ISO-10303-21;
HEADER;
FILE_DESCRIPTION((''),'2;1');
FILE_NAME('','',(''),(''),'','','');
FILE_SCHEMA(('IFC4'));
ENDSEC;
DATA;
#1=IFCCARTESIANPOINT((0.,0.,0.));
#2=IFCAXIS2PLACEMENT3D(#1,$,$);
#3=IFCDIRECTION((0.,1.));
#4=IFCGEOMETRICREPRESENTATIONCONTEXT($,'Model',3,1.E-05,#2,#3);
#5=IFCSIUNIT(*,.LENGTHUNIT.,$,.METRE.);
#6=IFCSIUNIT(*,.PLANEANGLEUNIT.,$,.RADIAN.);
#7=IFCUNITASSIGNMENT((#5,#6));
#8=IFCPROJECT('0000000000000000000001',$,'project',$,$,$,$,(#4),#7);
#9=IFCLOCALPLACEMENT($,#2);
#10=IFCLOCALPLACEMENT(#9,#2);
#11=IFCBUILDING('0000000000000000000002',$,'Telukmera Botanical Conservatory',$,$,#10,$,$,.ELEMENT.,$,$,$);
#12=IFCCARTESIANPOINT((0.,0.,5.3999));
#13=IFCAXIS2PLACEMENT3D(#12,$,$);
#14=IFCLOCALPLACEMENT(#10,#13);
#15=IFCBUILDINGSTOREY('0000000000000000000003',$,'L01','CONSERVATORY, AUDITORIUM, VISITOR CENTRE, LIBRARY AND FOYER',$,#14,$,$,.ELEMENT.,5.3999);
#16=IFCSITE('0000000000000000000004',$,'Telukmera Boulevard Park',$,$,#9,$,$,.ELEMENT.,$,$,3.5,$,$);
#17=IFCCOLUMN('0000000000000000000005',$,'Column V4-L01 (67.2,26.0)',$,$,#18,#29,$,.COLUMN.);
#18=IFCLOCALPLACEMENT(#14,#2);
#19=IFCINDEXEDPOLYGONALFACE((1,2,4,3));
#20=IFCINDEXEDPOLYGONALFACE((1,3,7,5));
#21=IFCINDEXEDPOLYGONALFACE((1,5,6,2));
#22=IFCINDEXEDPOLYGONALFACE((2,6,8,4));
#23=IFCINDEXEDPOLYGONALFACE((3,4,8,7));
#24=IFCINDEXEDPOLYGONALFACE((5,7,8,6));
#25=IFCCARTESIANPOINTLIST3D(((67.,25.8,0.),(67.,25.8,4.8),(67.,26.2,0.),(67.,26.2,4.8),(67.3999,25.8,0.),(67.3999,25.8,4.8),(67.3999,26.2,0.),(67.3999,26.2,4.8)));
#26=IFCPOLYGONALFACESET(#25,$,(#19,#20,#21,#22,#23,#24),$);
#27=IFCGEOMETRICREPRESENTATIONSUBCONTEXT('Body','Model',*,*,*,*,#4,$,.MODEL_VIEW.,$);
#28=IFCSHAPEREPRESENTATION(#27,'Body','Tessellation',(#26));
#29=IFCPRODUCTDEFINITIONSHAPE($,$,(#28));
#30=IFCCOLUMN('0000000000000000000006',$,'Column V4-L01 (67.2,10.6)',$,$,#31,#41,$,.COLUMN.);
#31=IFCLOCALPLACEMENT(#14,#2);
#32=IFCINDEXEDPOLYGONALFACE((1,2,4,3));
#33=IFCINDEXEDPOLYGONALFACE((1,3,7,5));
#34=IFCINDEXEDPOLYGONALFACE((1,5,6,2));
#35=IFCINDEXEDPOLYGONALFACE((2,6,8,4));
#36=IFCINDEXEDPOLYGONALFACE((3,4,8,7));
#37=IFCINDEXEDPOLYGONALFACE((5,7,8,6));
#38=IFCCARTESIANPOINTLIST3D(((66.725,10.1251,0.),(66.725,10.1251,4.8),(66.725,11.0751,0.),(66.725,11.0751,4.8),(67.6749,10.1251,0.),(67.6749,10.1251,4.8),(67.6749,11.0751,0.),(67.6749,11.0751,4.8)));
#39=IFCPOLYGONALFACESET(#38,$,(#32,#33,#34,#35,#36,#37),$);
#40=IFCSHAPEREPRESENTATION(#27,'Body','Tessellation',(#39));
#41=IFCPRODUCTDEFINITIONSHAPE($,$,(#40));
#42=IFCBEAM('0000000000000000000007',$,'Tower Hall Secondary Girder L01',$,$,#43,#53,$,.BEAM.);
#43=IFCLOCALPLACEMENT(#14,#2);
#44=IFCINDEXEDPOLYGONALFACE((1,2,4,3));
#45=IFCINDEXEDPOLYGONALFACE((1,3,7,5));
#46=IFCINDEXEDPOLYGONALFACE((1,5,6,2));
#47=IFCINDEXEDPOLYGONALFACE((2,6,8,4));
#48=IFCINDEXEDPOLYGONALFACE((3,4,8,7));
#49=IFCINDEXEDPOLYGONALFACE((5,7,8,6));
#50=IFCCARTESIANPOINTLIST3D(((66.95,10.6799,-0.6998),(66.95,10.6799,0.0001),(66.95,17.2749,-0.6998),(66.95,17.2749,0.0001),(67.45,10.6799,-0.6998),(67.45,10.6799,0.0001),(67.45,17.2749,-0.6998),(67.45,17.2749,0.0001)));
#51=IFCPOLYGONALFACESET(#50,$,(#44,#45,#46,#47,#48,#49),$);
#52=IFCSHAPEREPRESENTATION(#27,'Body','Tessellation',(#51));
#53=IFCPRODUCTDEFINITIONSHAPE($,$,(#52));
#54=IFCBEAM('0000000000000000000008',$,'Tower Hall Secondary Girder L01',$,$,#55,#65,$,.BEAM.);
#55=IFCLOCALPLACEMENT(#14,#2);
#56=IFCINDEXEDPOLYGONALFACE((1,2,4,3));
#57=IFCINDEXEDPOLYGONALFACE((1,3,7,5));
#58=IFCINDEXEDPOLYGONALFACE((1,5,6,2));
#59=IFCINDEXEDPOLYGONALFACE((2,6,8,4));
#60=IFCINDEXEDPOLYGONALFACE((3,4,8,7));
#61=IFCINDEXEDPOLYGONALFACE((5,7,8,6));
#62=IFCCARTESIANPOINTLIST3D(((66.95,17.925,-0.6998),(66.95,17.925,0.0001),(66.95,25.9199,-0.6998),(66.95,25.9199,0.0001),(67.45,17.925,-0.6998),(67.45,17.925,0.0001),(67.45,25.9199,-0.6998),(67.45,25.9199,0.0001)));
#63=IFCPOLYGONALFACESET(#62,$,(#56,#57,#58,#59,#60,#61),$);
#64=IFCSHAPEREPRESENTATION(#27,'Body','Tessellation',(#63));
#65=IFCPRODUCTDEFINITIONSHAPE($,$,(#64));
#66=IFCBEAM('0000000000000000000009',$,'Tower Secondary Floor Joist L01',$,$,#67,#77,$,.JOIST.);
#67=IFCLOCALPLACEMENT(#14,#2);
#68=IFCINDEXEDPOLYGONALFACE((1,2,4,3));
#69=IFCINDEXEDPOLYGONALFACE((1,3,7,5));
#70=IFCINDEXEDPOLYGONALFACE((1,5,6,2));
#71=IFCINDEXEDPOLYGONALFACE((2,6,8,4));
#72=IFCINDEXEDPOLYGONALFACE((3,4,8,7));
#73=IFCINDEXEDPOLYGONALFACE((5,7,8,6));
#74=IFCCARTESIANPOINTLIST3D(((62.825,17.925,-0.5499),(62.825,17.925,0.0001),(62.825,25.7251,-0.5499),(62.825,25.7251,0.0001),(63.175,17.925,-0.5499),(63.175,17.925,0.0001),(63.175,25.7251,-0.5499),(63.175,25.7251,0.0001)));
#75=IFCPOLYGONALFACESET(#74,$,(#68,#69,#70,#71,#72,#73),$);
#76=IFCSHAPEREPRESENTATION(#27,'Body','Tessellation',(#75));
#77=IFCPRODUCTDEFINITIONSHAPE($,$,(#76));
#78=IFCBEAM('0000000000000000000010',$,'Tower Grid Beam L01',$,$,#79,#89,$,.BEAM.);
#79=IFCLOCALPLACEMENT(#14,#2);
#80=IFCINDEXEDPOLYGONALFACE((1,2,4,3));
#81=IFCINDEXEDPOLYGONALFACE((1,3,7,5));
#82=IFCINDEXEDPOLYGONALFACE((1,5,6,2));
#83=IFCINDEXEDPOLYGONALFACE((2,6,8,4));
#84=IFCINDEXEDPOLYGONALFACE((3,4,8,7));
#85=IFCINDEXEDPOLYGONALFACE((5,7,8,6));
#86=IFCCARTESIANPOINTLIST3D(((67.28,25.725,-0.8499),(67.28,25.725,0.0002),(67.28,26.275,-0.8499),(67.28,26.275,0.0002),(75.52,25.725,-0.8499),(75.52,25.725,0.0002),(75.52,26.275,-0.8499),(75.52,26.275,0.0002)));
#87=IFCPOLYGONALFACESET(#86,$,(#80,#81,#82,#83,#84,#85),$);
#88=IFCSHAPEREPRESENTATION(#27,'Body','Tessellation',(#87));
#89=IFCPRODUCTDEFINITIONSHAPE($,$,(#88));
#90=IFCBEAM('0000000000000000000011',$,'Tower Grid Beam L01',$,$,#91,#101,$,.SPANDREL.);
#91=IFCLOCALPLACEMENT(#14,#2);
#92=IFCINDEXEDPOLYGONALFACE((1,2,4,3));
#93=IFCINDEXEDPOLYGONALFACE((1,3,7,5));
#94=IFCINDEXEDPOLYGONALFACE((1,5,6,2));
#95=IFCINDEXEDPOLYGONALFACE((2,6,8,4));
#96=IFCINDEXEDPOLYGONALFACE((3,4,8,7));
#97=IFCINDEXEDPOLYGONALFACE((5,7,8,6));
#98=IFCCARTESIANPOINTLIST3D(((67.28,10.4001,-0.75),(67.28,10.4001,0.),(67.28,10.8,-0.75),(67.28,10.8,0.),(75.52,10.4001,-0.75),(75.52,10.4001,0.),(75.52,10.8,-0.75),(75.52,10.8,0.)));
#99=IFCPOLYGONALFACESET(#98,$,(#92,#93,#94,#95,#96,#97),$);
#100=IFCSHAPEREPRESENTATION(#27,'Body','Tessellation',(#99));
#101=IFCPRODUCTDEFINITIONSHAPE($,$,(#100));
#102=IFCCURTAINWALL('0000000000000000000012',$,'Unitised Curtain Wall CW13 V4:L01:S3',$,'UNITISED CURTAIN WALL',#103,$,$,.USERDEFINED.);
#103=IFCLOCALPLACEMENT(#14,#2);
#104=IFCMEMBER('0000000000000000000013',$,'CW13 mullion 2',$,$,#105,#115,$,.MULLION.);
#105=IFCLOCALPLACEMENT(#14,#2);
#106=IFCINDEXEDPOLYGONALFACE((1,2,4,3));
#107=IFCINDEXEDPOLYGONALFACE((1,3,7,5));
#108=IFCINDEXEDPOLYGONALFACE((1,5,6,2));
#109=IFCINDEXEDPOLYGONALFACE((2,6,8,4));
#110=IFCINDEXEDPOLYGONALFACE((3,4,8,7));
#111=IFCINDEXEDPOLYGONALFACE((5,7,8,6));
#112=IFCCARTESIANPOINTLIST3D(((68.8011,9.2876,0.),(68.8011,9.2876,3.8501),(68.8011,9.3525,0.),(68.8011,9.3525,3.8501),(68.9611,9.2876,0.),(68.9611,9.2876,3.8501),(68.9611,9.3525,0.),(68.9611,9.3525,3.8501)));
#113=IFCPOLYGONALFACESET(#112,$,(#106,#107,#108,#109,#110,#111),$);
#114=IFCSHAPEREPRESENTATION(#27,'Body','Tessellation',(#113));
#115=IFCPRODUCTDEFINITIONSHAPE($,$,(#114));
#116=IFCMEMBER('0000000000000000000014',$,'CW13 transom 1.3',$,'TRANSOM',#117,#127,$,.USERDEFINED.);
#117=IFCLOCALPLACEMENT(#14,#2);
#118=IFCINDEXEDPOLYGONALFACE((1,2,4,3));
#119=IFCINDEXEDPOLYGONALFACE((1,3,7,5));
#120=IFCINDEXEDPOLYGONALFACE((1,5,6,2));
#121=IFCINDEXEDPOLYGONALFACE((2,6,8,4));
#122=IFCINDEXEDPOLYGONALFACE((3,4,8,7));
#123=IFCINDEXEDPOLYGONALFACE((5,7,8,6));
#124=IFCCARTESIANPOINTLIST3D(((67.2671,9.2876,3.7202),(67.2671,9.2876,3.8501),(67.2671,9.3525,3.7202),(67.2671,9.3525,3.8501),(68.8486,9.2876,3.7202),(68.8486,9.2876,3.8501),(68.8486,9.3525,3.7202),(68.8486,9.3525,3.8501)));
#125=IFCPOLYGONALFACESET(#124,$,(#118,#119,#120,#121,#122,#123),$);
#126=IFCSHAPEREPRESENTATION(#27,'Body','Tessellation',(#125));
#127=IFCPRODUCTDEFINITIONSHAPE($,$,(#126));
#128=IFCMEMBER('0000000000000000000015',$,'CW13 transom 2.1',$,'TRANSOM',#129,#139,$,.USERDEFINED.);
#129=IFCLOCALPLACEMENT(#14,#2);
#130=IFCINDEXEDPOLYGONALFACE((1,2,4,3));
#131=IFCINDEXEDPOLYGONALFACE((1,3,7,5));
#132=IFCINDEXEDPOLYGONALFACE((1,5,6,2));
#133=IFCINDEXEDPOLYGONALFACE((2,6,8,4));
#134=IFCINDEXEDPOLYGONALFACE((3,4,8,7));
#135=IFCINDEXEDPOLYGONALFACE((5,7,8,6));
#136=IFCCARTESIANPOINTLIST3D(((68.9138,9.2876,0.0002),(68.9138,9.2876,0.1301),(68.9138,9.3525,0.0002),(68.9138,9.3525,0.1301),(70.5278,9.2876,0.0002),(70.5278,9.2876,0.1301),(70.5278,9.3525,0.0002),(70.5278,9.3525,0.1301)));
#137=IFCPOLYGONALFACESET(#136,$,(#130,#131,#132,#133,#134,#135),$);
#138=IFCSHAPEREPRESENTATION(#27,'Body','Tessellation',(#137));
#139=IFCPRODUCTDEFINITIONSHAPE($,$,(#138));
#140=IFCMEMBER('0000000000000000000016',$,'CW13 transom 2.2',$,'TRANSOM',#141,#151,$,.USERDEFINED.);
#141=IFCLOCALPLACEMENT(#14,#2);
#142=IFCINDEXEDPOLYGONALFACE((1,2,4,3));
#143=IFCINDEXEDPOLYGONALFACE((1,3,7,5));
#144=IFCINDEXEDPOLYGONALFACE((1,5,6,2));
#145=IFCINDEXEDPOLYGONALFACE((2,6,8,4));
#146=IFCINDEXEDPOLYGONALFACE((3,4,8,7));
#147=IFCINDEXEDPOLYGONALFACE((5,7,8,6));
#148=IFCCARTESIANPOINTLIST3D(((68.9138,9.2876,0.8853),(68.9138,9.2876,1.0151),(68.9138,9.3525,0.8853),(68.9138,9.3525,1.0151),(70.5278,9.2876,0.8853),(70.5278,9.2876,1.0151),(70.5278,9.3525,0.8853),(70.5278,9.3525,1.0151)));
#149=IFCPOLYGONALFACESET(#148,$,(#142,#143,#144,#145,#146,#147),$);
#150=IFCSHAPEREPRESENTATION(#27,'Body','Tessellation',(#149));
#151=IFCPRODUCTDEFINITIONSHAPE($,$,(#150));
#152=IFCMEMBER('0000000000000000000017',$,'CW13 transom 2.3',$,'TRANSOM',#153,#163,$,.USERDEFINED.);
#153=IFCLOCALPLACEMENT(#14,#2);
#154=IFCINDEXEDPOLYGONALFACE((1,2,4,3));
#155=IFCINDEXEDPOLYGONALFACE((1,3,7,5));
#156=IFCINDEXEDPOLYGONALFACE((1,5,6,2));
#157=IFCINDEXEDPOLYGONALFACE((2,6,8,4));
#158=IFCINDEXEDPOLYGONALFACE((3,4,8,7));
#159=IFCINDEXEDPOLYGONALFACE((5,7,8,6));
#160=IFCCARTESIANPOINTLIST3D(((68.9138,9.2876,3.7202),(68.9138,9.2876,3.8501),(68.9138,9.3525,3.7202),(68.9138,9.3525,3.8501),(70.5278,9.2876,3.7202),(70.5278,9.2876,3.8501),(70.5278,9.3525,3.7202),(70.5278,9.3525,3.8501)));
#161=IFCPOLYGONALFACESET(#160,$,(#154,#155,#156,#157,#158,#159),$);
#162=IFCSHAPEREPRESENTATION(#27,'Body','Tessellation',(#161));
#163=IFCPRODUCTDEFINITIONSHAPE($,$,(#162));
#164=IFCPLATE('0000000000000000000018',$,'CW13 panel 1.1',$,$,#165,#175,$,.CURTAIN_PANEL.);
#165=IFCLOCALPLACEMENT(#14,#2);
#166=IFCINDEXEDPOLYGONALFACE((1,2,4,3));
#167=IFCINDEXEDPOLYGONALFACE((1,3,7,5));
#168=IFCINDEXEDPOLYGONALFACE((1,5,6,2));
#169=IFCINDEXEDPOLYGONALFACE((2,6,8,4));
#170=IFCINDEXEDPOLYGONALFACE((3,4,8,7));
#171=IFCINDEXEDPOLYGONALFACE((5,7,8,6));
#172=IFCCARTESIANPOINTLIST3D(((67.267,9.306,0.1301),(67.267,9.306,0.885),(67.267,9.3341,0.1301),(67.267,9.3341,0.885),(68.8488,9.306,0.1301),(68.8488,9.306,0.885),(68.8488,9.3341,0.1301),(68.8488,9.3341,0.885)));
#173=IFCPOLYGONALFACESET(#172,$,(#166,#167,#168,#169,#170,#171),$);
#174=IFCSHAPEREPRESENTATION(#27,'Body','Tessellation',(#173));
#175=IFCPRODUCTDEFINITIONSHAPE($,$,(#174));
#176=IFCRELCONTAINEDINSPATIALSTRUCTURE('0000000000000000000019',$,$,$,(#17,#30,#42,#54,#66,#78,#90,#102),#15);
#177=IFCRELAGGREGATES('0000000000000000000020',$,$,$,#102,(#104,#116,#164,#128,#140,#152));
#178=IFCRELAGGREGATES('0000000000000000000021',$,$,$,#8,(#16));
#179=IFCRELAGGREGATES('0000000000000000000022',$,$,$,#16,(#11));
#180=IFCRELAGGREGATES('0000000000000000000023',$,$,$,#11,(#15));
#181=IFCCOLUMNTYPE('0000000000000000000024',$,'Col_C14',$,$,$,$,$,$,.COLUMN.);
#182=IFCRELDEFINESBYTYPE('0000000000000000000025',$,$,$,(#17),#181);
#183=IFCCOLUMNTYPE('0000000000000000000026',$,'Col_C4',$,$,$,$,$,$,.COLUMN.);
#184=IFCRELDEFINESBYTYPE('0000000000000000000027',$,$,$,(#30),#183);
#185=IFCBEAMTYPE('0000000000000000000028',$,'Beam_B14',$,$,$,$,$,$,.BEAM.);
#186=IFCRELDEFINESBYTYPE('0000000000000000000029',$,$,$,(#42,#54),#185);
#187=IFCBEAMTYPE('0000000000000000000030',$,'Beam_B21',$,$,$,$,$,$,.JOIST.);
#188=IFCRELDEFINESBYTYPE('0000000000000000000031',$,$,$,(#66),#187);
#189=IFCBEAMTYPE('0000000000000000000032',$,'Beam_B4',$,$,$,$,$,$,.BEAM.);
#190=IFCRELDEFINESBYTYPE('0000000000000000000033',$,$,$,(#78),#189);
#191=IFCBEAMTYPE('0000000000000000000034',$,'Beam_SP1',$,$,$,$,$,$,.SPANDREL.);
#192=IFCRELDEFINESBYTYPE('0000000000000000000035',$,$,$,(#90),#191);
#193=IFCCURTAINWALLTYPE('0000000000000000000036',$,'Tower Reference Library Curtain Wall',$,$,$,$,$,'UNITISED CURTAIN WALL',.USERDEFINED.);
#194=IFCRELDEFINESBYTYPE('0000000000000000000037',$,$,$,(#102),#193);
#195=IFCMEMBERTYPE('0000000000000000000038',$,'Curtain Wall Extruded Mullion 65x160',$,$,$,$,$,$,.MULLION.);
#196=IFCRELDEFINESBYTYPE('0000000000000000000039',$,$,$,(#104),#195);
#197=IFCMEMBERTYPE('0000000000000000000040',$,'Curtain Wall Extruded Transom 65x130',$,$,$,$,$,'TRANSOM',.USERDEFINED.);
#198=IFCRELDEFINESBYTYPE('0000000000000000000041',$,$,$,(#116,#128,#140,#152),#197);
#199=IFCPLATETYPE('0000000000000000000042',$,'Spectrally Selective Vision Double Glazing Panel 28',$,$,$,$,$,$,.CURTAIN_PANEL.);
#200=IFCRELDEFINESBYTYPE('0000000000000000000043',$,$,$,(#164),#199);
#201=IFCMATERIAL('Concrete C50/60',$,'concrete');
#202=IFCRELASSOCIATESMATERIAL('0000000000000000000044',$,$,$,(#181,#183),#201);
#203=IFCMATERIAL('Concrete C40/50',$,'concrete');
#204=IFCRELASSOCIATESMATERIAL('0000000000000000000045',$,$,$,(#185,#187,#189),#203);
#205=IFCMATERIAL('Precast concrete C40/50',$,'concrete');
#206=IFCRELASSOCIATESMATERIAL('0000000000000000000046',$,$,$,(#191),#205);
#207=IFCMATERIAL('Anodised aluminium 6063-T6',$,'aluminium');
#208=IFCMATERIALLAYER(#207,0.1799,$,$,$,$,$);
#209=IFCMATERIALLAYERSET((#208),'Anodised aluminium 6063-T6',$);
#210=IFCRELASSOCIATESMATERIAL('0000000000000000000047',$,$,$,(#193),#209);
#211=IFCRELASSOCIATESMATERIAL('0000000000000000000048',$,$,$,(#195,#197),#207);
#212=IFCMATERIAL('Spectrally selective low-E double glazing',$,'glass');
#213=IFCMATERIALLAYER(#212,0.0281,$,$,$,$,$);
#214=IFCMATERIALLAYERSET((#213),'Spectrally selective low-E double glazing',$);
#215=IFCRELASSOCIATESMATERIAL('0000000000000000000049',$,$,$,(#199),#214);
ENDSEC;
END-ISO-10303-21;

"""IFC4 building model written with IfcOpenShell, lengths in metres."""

from ifc_helpers import new_model, si_unit, direction, frame, origin, origin_2d, place, context, subcontext, project, spatial, rectangle, extrude, material, layer, layer_set, material_profile, profile_set, type_object, element, aggregate, save


model = new_model("IFC4")

# Units and contexts
model_context = context("Model", 3, precision=1e-05, world=origin(), true_north=direction((0.0, 1.0)))
body_context = subcontext(model_context, "Body", "Model", "MODEL_VIEW")
ifc_project = project(units=[si_unit("LENGTHUNIT", "METRE"), si_unit("PLANEANGLEUNIT", "RADIAN")], contexts=[model_context])

# Site, building, storey
site_placement = place(None, origin())
site = spatial("IfcSite", under=ifc_project, at=site_placement, Name="Telukmera Boulevard Park", CompositionType="ELEMENT", RefElevation=3.5)
building_placement = place(site_placement, origin())
building = spatial("IfcBuilding", under=site, at=building_placement, Name="Telukmera Botanical Conservatory", CompositionType="ELEMENT")
storey_placement = place(building_placement, frame((0.0, 0.0, 5.3999)))
storey = spatial("IfcBuildingStorey", under=building, at=storey_placement, Name="L01", Description="CONSERVATORY, AUDITORIUM, VISITOR CENTRE, LIBRARY AND FOYER", CompositionType="ELEMENT", Elevation=5.3999)

# Columns
ifc_material_1 = material(Name="Concrete C50/60", Category="concrete")
ifc_material_profile_1 = material_profile(ifc_material_1, rectangle(XDim=0.3999, YDim=0.3999, at=origin_2d()), Name="RC 400x400")
ifc_profile_set_1 = profile_set([ifc_material_profile_1], Name="Concrete C50/60")
column_type_1 = type_object("IfcColumnType", Name="Col_C14", PredefinedType="COLUMN", material=ifc_profile_set_1)
column_1_placement = place(storey_placement, frame((67.2, 26.0, 0.0), z_axis=(0.0, 0.0, 1.0), x_axis=(1.0, 0.0, 0.0)))
element("IfcColumn", 1, at=column_1_placement, inside=storey, type_object=column_type_1, Name="Column V4-L01 (67.2,26.0)", PredefinedType="COLUMN", context=body_context, shape_type="SweptSolid", body=[
    extrude(rectangle(XDim=0.3999, YDim=0.3999, at=origin_2d()), origin(), (0.0, 0.0, 1.0), 4.8),
])
ifc_material_profile_2 = material_profile(ifc_material_1, rectangle(XDim=0.95, YDim=0.95, at=origin_2d()), Name="RC 950x950")
ifc_profile_set_2 = profile_set([ifc_material_profile_2], Name="Concrete C50/60")
column_type_2 = type_object("IfcColumnType", Name="Col_C4", PredefinedType="COLUMN", material=ifc_profile_set_2)
column_2_placement = place(storey_placement, frame((67.2, 10.6001, 0.0), z_axis=(0.0, 0.0, 1.0), x_axis=(1.0, 0.0, 0.0)))
element("IfcColumn", 2, at=column_2_placement, inside=storey, type_object=column_type_2, Name="Column V4-L01 (67.2,10.6)", PredefinedType="COLUMN", context=body_context, shape_type="SweptSolid", body=[
    extrude(rectangle(XDim=0.95, YDim=0.95, at=origin_2d()), origin(), (0.0, 0.0, 1.0), 4.8),
])

# Beams
ifc_material_2 = material(Name="Concrete C40/50", Category="concrete")
ifc_material_profile_3 = material_profile(ifc_material_2, rectangle(XDim=0.5, YDim=0.7, at=origin_2d()), Name="RC 500x700")
ifc_profile_set_3 = profile_set([ifc_material_profile_3], Name="Concrete C40/50")
beam_type_1 = type_object("IfcBeamType", Name="Beam_B14", PredefinedType="BEAM", material=ifc_profile_set_3)
beam_1_placement = place(storey_placement, frame((67.2, 10.6799, -0.3499), z_axis=(0.0, 1.0, 0.0), x_axis=(-1.0, 0.0, 0.0)))
element("IfcBeam", 3, at=beam_1_placement, inside=storey, type_object=beam_type_1, Name="Tower Hall Secondary Girder L01", PredefinedType="BEAM", context=body_context, shape_type="SweptSolid", body=[
    extrude(rectangle(XDim=0.5, YDim=0.7, at=origin_2d()), origin(), (0.0, 0.0, 1.0), 6.595),
])
beam_2_placement = place(storey_placement, frame((67.2, 17.925, -0.3499), z_axis=(0.0, 1.0, 0.0), x_axis=(-1.0, 0.0, 0.0)))
element("IfcBeam", 4, at=beam_2_placement, inside=storey, type_object=beam_type_1, Name="Tower Hall Secondary Girder L01", PredefinedType="BEAM", context=body_context, shape_type="SweptSolid", body=[
    extrude(rectangle(XDim=0.5, YDim=0.7, at=origin_2d()), origin(), (0.0, 0.0, 1.0), 7.9949),
])
ifc_material_profile_4 = material_profile(ifc_material_2, rectangle(XDim=0.3501, YDim=0.55, at=origin_2d()), Name="RC 350x550")
ifc_profile_set_4 = profile_set([ifc_material_profile_4], Name="Concrete C40/50")
beam_type_2 = type_object("IfcBeamType", Name="Beam_B21", PredefinedType="JOIST", material=ifc_profile_set_4)
beam_3_placement = place(storey_placement, frame((63.0, 17.925, -0.2749), z_axis=(0.0, 1.0, 0.0), x_axis=(-1.0, 0.0, 0.0)))
element("IfcBeam", 5, at=beam_3_placement, inside=storey, type_object=beam_type_2, Name="Tower Secondary Floor Joist L01", PredefinedType="JOIST", context=body_context, shape_type="SweptSolid", body=[
    extrude(rectangle(XDim=0.3501, YDim=0.55, at=origin_2d()), origin(), (0.0, 0.0, 1.0), 7.8),
])
ifc_material_profile_5 = material_profile(ifc_material_2, rectangle(XDim=0.55, YDim=0.8501, at=origin_2d()), Name="RC 550x850")
ifc_profile_set_5 = profile_set([ifc_material_profile_5], Name="Concrete C40/50")
beam_type_3 = type_object("IfcBeamType", Name="Beam_B4", PredefinedType="BEAM", material=ifc_profile_set_5)
beam_4_placement = place(storey_placement, frame((67.28, 26.0, -0.4248), z_axis=(1.0, 0.0, 0.0), x_axis=(0.0, 1.0, 0.0)))
element("IfcBeam", 6, at=beam_4_placement, inside=storey, type_object=beam_type_3, Name="Tower Grid Beam L01", PredefinedType="BEAM", context=body_context, shape_type="SweptSolid", body=[
    extrude(rectangle(XDim=0.55, YDim=0.8501, at=origin_2d()), origin(), (0.0, 0.0, 1.0), 8.24),
])
ifc_material_3 = material(Name="Precast concrete C40/50", Category="concrete")
ifc_material_profile_6 = material_profile(ifc_material_3, rectangle(XDim=0.3999, YDim=0.75, at=origin_2d()), Name="PC 400x750")
ifc_profile_set_6 = profile_set([ifc_material_profile_6], Name="Precast concrete C40/50")
beam_type_4 = type_object("IfcBeamType", Name="Beam_SP1", PredefinedType="SPANDREL", material=ifc_profile_set_6)
beam_5_placement = place(storey_placement, frame((67.28, 10.6001, -0.375), z_axis=(1.0, 0.0, 0.0), x_axis=(0.0, 1.0, 0.0)))
element("IfcBeam", 7, at=beam_5_placement, inside=storey, type_object=beam_type_4, Name="Tower Grid Beam L01", PredefinedType="SPANDREL", context=body_context, shape_type="SweptSolid", body=[
    extrude(rectangle(XDim=0.3999, YDim=0.75, at=origin_2d()), origin(), (0.0, 0.0, 1.0), 8.24),
])

# Curtain wall, members, plate
ifc_material_4 = material(Name="Anodised aluminium 6063-T6", Category="aluminium")
ifc_layer_1 = layer(ifc_material_4, 0.1799)
ifc_layer_set_1 = layer_set([ifc_layer_1], Name="Anodised aluminium 6063-T6")
curtain_wall_type = type_object("IfcCurtainWallType", Name="Tower Reference Library Curtain Wall", ElementType="UNITISED CURTAIN WALL", PredefinedType="USERDEFINED", material=ifc_layer_set_1)
curtain_wall_placement = place(storey_placement, origin())
curtain_wall = element("IfcCurtainWall", 8, at=curtain_wall_placement, inside=storey, type_object=curtain_wall_type, Name="Unitised Curtain Wall CW13 V4:L01:S3", ObjectType="UNITISED CURTAIN WALL", PredefinedType="USERDEFINED")
ifc_material_profile_7 = material_profile(ifc_material_4, rectangle(XDim=0.0649, YDim=0.1599, at=origin_2d()), Name="ALU MULL 65x160")
ifc_profile_set_7 = profile_set([ifc_material_profile_7], Name="Anodised aluminium 6063-T6")
member_type_1 = type_object("IfcMemberType", Name="Curtain Wall Extruded Mullion 65x160", PredefinedType="MULLION", material=ifc_profile_set_7)
member_1_placement = place(storey_placement, frame((68.8811, 9.3201, 0.0), z_axis=(0.0, 0.0, 1.0), x_axis=(0.0, 1.0, 0.0)))
member_1 = element("IfcMember", 9, at=member_1_placement, type_object=member_type_1, Name="CW13 mullion 2", PredefinedType="MULLION", context=body_context, shape_type="SweptSolid", body=[
    extrude(rectangle(XDim=0.0649, YDim=0.1599, at=origin_2d()), origin(), (0.0, 0.0, 1.0), 3.8501),
])
ifc_material_profile_8 = material_profile(ifc_material_4, rectangle(XDim=0.0649, YDim=0.1299, at=origin_2d()), Name="ALU TRAN 65x130")
ifc_profile_set_8 = profile_set([ifc_material_profile_8], Name="Anodised aluminium 6063-T6")
member_type_2 = type_object("IfcMemberType", Name="Curtain Wall Extruded Transom 65x130", ElementType="TRANSOM", PredefinedType="USERDEFINED", material=ifc_profile_set_8)
member_2_placement = place(storey_placement, frame((67.2671, 9.3201, 3.7852), z_axis=(1.0, 0.0, 0.0), x_axis=(0.0, 1.0, 0.0)))
member_2 = element("IfcMember", 10, at=member_2_placement, type_object=member_type_2, Name="CW13 transom 1.3", ObjectType="TRANSOM", PredefinedType="USERDEFINED", context=body_context, shape_type="SweptSolid", body=[
    extrude(rectangle(XDim=0.0649, YDim=0.1299, at=origin_2d()), origin(), (0.0, 0.0, 1.0), 1.5815),
])
member_3_placement = place(storey_placement, frame((68.9138, 9.3201, 0.0652), z_axis=(1.0, 0.0, 0.0), x_axis=(0.0, 1.0, 0.0)))
member_3 = element("IfcMember", 11, at=member_3_placement, type_object=member_type_2, Name="CW13 transom 2.1", ObjectType="TRANSOM", PredefinedType="USERDEFINED", context=body_context, shape_type="SweptSolid", body=[
    extrude(rectangle(XDim=0.0649, YDim=0.1299, at=origin_2d()), origin(), (0.0, 0.0, 1.0), 1.614),
])
member_4_placement = place(storey_placement, frame((68.9138, 9.3201, 0.9502), z_axis=(1.0, 0.0, 0.0), x_axis=(0.0, 1.0, 0.0)))
member_4 = element("IfcMember", 12, at=member_4_placement, type_object=member_type_2, Name="CW13 transom 2.2", ObjectType="TRANSOM", PredefinedType="USERDEFINED", context=body_context, shape_type="SweptSolid", body=[
    extrude(rectangle(XDim=0.0649, YDim=0.1299, at=origin_2d()), origin(), (0.0, 0.0, 1.0), 1.614),
])
member_5_placement = place(storey_placement, frame((68.9138, 9.3201, 3.7852), z_axis=(1.0, 0.0, 0.0), x_axis=(0.0, 1.0, 0.0)))
member_5 = element("IfcMember", 13, at=member_5_placement, type_object=member_type_2, Name="CW13 transom 2.3", ObjectType="TRANSOM", PredefinedType="USERDEFINED", context=body_context, shape_type="SweptSolid", body=[
    extrude(rectangle(XDim=0.0649, YDim=0.1299, at=origin_2d()), origin(), (0.0, 0.0, 1.0), 1.614),
])
ifc_material_5 = material(Name="Spectrally selective low-E double glazing", Category="glass")
ifc_layer_2 = layer(ifc_material_5, 0.0281)
ifc_layer_set_2 = layer_set([ifc_layer_2], Name="Spectrally selective low-E double glazing")
plate_type = type_object("IfcPlateType", Name="Spectrally Selective Vision Double Glazing Panel 28", PredefinedType="CURTAIN_PANEL", material=ifc_layer_set_2)
plate_1_placement = place(storey_placement, frame((68.0579, 9.3201, 0.1301), z_axis=(0.0, 0.0, 1.0), x_axis=(1.0, 0.0, 0.0)))
plate_1 = element("IfcPlate", 14, at=plate_1_placement, type_object=plate_type, Name="CW13 panel 1.1", PredefinedType="CURTAIN_PANEL", context=body_context, shape_type="SweptSolid", body=[
    extrude(rectangle(XDim=1.5818, YDim=0.0281, at=origin_2d()), origin(), (0.0, 0.0, 1.0), 0.7549),
])
aggregate(curtain_wall, [member_1, member_2, plate_1, member_3, member_4, member_5])

save(model, "model.ifc")
